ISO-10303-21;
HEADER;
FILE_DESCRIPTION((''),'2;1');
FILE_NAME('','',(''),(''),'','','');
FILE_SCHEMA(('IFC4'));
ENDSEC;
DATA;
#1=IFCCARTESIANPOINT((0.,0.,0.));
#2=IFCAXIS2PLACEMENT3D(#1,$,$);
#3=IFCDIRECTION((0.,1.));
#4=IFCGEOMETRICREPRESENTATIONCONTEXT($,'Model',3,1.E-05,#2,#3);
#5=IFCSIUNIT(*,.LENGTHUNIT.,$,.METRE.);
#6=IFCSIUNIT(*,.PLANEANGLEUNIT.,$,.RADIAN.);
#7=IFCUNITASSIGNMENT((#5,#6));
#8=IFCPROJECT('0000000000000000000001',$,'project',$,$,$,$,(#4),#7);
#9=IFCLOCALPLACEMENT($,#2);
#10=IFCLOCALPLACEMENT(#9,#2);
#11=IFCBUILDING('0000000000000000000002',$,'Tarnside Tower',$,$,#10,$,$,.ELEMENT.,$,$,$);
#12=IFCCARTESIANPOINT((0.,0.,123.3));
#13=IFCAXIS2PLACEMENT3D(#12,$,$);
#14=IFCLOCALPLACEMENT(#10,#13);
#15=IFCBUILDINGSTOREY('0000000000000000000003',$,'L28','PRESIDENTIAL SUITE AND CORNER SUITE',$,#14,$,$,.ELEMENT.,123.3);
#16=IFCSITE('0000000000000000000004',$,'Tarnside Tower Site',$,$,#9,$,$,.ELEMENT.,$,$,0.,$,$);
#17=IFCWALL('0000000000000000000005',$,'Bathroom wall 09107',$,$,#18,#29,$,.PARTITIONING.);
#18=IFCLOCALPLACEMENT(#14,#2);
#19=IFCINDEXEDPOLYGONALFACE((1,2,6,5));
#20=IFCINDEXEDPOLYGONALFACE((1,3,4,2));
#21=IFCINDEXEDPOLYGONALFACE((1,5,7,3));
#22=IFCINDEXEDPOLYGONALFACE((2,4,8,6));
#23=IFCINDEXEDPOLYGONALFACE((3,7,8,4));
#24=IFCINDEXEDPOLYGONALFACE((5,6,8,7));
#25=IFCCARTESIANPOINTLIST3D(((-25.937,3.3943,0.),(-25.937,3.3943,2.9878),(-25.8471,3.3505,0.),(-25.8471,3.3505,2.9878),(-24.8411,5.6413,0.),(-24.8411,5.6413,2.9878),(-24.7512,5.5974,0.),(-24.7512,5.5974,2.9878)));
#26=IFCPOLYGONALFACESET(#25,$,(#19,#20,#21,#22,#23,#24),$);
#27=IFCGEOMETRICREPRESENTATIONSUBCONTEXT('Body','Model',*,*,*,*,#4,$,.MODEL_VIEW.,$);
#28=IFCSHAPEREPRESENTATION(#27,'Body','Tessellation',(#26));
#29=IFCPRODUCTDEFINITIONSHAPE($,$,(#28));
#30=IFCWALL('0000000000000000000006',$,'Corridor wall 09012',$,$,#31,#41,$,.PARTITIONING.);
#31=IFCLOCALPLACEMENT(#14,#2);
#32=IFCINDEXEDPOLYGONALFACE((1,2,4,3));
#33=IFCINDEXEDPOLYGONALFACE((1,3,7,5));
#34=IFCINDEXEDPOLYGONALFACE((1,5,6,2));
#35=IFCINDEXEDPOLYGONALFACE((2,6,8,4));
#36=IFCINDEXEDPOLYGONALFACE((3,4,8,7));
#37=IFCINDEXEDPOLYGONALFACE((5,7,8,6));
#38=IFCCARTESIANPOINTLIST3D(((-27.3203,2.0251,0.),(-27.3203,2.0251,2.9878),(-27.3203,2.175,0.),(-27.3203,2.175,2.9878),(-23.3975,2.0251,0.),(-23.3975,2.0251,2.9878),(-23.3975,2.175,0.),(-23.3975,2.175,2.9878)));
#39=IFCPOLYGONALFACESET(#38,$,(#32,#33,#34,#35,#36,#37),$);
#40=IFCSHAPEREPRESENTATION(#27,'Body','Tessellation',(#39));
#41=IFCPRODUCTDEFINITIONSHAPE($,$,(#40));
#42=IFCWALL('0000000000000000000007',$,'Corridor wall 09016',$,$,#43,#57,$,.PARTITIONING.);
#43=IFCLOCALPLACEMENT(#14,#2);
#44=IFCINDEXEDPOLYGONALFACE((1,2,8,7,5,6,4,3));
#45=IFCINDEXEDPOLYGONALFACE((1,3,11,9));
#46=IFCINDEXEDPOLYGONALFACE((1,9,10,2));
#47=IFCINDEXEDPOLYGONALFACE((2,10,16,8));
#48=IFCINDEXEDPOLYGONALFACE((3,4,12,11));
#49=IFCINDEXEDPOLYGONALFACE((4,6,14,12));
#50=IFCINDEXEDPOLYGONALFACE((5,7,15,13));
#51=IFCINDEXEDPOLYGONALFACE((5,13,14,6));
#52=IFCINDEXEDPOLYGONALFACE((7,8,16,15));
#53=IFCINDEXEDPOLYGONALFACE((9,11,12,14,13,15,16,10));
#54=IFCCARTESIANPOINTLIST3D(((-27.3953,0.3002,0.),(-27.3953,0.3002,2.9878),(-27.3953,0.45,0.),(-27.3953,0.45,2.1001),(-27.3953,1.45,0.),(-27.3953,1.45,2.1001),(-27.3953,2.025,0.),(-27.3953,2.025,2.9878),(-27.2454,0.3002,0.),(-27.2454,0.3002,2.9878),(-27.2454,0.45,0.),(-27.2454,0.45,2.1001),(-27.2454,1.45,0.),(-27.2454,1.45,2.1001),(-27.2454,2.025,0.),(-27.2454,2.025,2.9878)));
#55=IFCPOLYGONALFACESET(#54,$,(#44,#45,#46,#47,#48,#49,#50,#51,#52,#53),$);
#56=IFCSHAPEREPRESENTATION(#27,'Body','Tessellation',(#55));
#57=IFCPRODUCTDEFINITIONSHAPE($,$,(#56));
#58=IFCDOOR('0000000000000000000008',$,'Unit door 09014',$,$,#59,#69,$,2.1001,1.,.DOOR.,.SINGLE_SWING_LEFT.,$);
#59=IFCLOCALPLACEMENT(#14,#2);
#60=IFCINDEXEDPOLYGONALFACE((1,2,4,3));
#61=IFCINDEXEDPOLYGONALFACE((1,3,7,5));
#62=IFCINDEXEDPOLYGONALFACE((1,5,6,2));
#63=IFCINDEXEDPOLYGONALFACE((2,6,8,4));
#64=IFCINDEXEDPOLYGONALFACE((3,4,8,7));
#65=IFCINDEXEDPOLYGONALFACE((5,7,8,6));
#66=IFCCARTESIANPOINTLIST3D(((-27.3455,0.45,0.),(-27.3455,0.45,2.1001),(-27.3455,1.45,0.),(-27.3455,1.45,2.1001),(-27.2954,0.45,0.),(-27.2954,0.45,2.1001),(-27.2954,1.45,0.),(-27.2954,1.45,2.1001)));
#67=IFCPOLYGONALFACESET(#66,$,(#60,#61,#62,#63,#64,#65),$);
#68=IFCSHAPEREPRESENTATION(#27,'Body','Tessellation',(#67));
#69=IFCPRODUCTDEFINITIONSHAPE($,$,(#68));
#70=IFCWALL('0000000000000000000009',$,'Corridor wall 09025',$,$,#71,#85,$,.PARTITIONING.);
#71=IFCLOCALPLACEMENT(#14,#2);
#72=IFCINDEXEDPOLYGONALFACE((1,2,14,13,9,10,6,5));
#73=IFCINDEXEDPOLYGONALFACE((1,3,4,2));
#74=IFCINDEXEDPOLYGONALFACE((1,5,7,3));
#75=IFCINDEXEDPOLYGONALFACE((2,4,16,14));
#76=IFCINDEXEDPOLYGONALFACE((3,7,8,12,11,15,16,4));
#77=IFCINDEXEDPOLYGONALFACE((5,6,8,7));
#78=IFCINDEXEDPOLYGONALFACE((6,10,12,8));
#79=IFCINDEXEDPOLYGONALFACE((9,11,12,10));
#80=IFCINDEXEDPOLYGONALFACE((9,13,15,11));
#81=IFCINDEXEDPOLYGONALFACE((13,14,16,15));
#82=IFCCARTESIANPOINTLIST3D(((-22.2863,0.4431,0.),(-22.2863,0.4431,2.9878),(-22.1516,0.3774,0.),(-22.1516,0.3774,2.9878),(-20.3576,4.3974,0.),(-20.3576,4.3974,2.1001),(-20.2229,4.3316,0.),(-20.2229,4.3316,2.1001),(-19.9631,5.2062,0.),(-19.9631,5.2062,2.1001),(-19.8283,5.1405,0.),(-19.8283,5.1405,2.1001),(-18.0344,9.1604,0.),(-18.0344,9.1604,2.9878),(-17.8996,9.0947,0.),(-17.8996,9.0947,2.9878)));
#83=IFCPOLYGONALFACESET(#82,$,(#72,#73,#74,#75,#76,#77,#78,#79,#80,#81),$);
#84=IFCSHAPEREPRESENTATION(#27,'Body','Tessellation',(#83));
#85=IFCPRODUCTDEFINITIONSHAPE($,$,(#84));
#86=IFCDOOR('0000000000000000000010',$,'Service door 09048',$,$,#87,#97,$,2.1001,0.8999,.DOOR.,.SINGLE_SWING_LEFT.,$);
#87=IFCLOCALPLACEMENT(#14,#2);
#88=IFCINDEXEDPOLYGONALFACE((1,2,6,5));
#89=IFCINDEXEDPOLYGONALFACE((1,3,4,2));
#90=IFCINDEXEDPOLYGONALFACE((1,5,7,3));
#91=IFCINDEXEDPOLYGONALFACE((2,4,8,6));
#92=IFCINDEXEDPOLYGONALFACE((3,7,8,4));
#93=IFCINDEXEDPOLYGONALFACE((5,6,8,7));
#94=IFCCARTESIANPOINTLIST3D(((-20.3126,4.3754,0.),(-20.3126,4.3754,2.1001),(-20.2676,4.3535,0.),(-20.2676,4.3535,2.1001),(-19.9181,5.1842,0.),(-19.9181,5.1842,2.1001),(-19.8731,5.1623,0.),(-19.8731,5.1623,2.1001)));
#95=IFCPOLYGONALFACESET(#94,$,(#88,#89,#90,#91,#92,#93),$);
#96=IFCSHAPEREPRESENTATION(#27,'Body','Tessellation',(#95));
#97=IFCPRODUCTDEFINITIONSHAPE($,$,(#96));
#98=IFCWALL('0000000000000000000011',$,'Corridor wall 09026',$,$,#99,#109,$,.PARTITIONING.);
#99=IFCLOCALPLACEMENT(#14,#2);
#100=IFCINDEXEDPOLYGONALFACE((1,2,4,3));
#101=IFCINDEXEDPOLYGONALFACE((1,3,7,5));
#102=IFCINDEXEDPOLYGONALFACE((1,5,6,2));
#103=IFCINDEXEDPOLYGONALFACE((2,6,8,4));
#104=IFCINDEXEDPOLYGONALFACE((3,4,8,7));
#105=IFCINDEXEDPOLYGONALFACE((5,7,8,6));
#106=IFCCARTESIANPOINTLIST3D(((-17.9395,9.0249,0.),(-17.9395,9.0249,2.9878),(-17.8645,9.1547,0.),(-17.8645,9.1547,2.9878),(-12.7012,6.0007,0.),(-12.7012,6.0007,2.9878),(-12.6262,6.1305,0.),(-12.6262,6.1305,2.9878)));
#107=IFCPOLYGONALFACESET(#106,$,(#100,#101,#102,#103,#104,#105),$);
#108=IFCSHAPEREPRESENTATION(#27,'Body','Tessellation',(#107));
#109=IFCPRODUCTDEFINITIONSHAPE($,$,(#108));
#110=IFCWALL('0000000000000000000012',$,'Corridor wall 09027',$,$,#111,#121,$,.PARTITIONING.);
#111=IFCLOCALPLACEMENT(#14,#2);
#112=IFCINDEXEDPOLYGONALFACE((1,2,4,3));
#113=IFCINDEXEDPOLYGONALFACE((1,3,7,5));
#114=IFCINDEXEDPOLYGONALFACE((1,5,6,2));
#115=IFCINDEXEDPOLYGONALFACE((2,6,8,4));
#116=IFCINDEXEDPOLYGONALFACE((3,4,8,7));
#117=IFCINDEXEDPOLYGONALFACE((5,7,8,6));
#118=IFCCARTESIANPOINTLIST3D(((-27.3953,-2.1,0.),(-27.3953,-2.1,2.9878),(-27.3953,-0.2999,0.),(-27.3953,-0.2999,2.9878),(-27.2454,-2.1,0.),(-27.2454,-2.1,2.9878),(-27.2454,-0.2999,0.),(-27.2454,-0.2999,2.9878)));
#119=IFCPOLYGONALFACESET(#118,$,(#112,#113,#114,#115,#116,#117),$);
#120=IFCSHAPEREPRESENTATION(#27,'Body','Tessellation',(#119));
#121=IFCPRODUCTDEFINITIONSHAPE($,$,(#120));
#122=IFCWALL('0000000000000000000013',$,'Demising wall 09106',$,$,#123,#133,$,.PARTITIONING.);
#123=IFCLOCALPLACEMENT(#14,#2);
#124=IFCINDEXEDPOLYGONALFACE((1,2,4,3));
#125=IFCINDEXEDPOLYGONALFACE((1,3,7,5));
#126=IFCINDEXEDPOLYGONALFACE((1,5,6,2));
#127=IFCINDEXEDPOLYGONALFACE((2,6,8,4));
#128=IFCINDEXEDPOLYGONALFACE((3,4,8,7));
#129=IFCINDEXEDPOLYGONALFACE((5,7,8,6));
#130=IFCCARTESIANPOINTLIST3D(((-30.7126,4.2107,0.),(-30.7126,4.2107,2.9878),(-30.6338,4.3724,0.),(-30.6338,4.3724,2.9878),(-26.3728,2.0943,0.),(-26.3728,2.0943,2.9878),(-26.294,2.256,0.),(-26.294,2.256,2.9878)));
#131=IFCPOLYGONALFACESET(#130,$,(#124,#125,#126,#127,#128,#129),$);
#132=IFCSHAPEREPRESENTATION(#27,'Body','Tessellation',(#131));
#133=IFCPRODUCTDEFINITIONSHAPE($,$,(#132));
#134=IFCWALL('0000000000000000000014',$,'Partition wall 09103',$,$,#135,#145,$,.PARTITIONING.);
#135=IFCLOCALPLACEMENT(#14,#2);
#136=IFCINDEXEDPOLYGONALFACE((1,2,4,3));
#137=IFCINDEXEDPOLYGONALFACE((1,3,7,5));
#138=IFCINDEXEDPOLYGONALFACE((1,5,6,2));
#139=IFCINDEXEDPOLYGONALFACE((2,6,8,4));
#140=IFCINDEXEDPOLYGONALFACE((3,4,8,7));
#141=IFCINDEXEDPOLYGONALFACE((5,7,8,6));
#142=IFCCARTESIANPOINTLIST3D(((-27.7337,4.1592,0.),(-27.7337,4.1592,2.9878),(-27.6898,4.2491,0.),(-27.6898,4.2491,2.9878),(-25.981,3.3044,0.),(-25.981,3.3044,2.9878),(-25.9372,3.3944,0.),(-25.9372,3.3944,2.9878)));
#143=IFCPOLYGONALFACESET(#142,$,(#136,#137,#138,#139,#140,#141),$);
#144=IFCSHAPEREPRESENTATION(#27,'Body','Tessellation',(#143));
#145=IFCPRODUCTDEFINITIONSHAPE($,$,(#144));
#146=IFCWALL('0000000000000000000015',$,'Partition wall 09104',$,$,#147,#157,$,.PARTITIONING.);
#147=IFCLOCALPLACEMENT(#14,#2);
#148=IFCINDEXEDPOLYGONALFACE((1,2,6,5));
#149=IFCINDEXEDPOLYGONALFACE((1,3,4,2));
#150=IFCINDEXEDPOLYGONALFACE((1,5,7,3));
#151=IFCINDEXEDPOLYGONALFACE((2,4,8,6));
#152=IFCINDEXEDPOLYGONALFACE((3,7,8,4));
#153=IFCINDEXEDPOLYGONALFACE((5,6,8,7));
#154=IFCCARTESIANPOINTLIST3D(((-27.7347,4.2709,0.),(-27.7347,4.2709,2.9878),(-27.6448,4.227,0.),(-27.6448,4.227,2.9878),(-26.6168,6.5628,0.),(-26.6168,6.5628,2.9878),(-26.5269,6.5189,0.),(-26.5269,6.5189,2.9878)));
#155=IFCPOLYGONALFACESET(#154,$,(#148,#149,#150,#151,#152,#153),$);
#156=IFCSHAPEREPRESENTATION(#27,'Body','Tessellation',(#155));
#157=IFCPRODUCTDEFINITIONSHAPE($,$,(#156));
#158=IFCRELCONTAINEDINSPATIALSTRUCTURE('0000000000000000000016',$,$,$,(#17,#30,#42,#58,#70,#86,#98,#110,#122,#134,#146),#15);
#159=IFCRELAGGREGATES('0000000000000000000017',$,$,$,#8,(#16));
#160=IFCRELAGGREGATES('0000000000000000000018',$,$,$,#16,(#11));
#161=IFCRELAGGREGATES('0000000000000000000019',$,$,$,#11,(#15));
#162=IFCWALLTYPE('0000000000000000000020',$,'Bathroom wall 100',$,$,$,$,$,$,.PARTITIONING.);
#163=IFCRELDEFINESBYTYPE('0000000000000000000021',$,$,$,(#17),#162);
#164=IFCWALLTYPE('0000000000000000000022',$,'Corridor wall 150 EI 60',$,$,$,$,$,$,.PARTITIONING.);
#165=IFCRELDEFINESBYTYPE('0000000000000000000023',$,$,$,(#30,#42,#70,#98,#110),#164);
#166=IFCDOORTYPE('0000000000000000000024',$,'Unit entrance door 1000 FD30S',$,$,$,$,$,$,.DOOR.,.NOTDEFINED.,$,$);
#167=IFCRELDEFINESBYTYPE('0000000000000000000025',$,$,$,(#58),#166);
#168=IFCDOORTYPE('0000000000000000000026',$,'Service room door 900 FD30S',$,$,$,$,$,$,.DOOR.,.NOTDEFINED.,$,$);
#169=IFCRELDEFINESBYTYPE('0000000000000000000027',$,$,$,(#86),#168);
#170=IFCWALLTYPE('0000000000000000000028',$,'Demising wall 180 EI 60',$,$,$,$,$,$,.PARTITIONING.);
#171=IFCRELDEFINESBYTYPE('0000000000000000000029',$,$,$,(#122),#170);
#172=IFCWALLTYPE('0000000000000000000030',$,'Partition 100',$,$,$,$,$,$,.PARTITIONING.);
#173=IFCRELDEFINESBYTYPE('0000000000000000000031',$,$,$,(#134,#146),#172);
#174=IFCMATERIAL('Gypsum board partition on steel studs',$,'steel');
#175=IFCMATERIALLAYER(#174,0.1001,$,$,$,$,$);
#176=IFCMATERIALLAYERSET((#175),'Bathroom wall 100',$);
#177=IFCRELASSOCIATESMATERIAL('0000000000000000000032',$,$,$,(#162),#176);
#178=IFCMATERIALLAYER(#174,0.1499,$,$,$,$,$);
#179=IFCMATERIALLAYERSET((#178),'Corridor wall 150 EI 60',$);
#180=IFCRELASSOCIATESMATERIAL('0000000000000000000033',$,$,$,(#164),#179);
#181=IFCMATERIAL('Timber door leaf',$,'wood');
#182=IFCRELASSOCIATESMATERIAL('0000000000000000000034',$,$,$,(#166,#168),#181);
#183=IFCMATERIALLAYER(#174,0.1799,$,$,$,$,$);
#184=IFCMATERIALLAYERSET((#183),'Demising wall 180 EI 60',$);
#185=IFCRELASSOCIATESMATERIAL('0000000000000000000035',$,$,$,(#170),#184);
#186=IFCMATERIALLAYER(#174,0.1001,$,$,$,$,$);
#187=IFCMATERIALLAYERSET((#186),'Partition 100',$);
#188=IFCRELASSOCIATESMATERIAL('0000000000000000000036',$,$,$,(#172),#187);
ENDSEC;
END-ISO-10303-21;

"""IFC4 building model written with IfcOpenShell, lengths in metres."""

from ifc_helpers import new_model, si_unit, direction, frame, frame_2d, origin, place, context, subcontext, project, spatial, rectangle, extrude, material, layer, layer_set, type_object, element, fill, save


model = new_model("IFC4")

# Units and contexts
model_context = context("Model", 3, precision=1e-05, world=origin(), true_north=direction((0.0, 1.0)))
body_context = subcontext(model_context, "Body", "Model", "MODEL_VIEW")
ifc_project = project(units=[si_unit("LENGTHUNIT", "METRE"), si_unit("PLANEANGLEUNIT", "RADIAN")], contexts=[model_context])

# Site, building, storey
site_placement = place(None, origin())
site = spatial("IfcSite", under=ifc_project, at=site_placement, Name="Tarnside Tower Site", CompositionType="ELEMENT", RefElevation=0.0)
building_placement = place(site_placement, origin())
building = spatial("IfcBuilding", under=site, at=building_placement, Name="Tarnside Tower", CompositionType="ELEMENT")
storey_placement = place(building_placement, frame((0.0, 0.0, 123.3)))
storey = spatial("IfcBuildingStorey", under=building, at=storey_placement, Name="L28", Description="PRESIDENTIAL SUITE AND CORNER SUITE", CompositionType="ELEMENT", Elevation=123.3)

# Shared definitions
ifc_material_1 = material(Name="Gypsum board partition on steel studs", Category="steel")
ifc_layer_1 = layer(ifc_material_1, 0.1001)
ifc_layer_set_1 = layer_set([ifc_layer_1], Name="Bathroom wall 100")
wall_type_1 = type_object("IfcWallType", Name="Bathroom wall 100", PredefinedType="PARTITIONING", material=ifc_layer_set_1)

# Shared definitions
ifc_material_2 = material(Name="Timber door leaf", Category="wood")

# Walls
wall_1_placement = place(storey_placement, frame((-24.7961, 5.6194, 0.0), z_axis=(0.0, 0.0, 1.0), x_axis=(-0.438364, -0.898798, 0.0)))
element("IfcWall", 1, at=wall_1_placement, inside=storey, type_object=wall_type_1, Name="Bathroom wall 09107", PredefinedType="PARTITIONING", context=body_context, shape_type="SweptSolid", body=[
    extrude(rectangle(XDim=2.5, YDim=0.1001, at=frame_2d((1.25, 0.0))), origin(), (0.0, 0.0, 1.0), 2.9878),
])
ifc_layer_2 = layer(ifc_material_1, 0.1499)
ifc_layer_set_2 = layer_set([ifc_layer_2], Name="Corridor wall 150 EI 60")
wall_type_2 = type_object("IfcWallType", Name="Corridor wall 150 EI 60", PredefinedType="PARTITIONING", material=ifc_layer_set_2)
wall_2_placement = place(storey_placement, frame((-23.3975, 2.1001, 0.0), z_axis=(0.0, 0.0, 1.0), x_axis=(-1.0, 0.0, 0.0)))
element("IfcWall", 2, at=wall_2_placement, inside=storey, type_object=wall_type_2, Name="Corridor wall 09012", PredefinedType="PARTITIONING", context=body_context, shape_type="SweptSolid", body=[
    extrude(rectangle(XDim=3.9229, YDim=0.1499, at=frame_2d((1.9614, 0.0))), origin(), (0.0, 0.0, 1.0), 2.9878),
])

# Walls, openings, doors
wall_3_placement = place(storey_placement, frame((-27.3203, 2.0249, 0.0), z_axis=(0.0, 0.0, 1.0), x_axis=(0.0, -1.0, 0.0)))
wall_3 = element("IfcWall", 3, at=wall_3_placement, inside=storey, type_object=wall_type_2, Name="Corridor wall 09016", PredefinedType="PARTITIONING", context=body_context, shape_type="SweptSolid", body=[
    extrude(rectangle(XDim=1.7249, YDim=0.1499, at=frame_2d((0.8623, 0.0))), origin(), (0.0, 0.0, 1.0), 2.9878),
])
opening_1_placement = place(wall_3_placement, frame((0.575, 0.0, 0.0)))
opening_1 = element("IfcOpeningElement", 4, at=opening_1_placement, cuts=wall_3, PredefinedType="OPENING", context=body_context, shape_type="SweptSolid", body=[
    extrude(rectangle(XDim=1.0, YDim=2.1001, at=frame_2d((0.5, 1.05))), frame((0.0, 0.085, 0.0), z_axis=(0.0, -1.0, 0.0), x_axis=(1.0, 0.0, 0.0)), (0.0, 0.0, 1.0), 0.1699),
])
door_type_1 = type_object("IfcDoorType", Name="Unit entrance door 1000 FD30S", OperationType="NOTDEFINED", PredefinedType="DOOR", material=ifc_material_2)
door_1_placement = place(opening_1_placement, origin())
door_1 = element("IfcDoor", 5, at=door_1_placement, inside=storey, type_object=door_type_1, Name="Unit door 09014", OperationType="SINGLE_SWING_LEFT", OverallHeight=2.1001, OverallWidth=1.0, PredefinedType="DOOR", context=body_context, shape_type="SweptSolid", body=[
    extrude(rectangle(XDim=1.0, YDim=2.1001, at=frame_2d((0.5, 1.05))), frame((0.0, 0.0249, 0.0), z_axis=(0.0, -1.0, 0.0), x_axis=(1.0, 0.0, 0.0)), (0.0, 0.0, 1.0), 0.05),
])
fill(opening_1, door_1)
wall_4_placement = place(storey_placement, frame((-22.219, 0.4102, 0.0), z_axis=(0.0, 0.0, 1.0), x_axis=(0.438392, 0.898784, 0.0)))
wall_4 = element("IfcWall", 6, at=wall_4_placement, inside=storey, type_object=wall_type_2, Name="Corridor wall 09025", PredefinedType="PARTITIONING", context=body_context, shape_type="SweptSolid", body=[
    extrude(rectangle(XDim=9.699, YDim=0.1499, at=frame_2d((4.8496, 0.0))), origin(), (0.0, 0.0, 1.0), 2.9878),
])
opening_2_placement = place(wall_4_placement, frame((4.3997, 0.0, 0.0)))
opening_2 = element("IfcOpeningElement", 7, at=opening_2_placement, cuts=wall_4, PredefinedType="OPENING", context=body_context, shape_type="SweptSolid", body=[
    extrude(rectangle(XDim=0.8999, YDim=2.1001, at=frame_2d((0.45, 1.05))), frame((0.0, 0.085, 0.0), z_axis=(0.0, -1.0, 0.0), x_axis=(1.0, 0.0, 0.0)), (0.0, 0.0, 1.0), 0.1699),
])
door_type_2 = type_object("IfcDoorType", Name="Service room door 900 FD30S", OperationType="NOTDEFINED", PredefinedType="DOOR", material=ifc_material_2)
door_2_placement = place(opening_2_placement, origin())
door_2 = element("IfcDoor", 8, at=door_2_placement, inside=storey, type_object=door_type_2, Name="Service door 09048", OperationType="SINGLE_SWING_LEFT", OverallHeight=2.1001, OverallWidth=0.8999, PredefinedType="DOOR", context=body_context, shape_type="SweptSolid", body=[
    extrude(rectangle(XDim=0.8999, YDim=2.1001, at=frame_2d((0.45, 1.05))), frame((0.0, 0.0249, 0.0), z_axis=(0.0, -1.0, 0.0), x_axis=(1.0, 0.0, 0.0)), (0.0, 0.0, 1.0), 0.05),
])
fill(opening_2, door_2)

# Walls
wall_5_placement = place(storey_placement, frame((-17.9021, 9.0898, 0.0), z_axis=(0.0, 0.0, 1.0), x_axis=(0.866036, -0.499981, 0.0)))
element("IfcWall", 9, at=wall_5_placement, inside=storey, type_object=wall_type_2, Name="Corridor wall 09026", PredefinedType="PARTITIONING", context=body_context, shape_type="SweptSolid", body=[
    extrude(rectangle(XDim=6.0486, YDim=0.1499, at=frame_2d((3.0244, 0.0))), origin(), (0.0, 0.0, 1.0), 2.9878),
])
wall_6_placement = place(storey_placement, frame((-27.3203, -0.3, 0.0), z_axis=(0.0, 0.0, 1.0), x_axis=(0.0, -1.0, 0.0)))
element("IfcWall", 10, at=wall_6_placement, inside=storey, type_object=wall_type_2, Name="Corridor wall 09027", PredefinedType="PARTITIONING", context=body_context, shape_type="SweptSolid", body=[
    extrude(rectangle(XDim=1.8, YDim=0.1499, at=frame_2d((0.8999, 0.0))), origin(), (0.0, 0.0, 1.0), 2.9878),
])
ifc_layer_3 = layer(ifc_material_1, 0.1799)
ifc_layer_set_3 = layer_set([ifc_layer_3], Name="Demising wall 180 EI 60")
wall_type_3 = type_object("IfcWallType", Name="Demising wall 180 EI 60", PredefinedType="PARTITIONING", material=ifc_layer_set_3)
wall_7_placement = place(storey_placement, frame((-30.6731, 4.2915, 0.0), z_axis=(0.0, 0.0, 1.0), x_axis=(0.898813, -0.438333, 0.0)))
element("IfcWall", 11, at=wall_7_placement, inside=storey, type_object=wall_type_3, Name="Demising wall 09106", PredefinedType="PARTITIONING", context=body_context, shape_type="SweptSolid", body=[
    extrude(rectangle(XDim=4.8284, YDim=0.1799, at=frame_2d((2.4141, 0.0))), origin(), (0.0, 0.0, 1.0), 2.9878),
])
ifc_layer_4 = layer(ifc_material_1, 0.1001)
ifc_layer_set_4 = layer_set([ifc_layer_4], Name="Partition 100")
wall_type_4 = type_object("IfcWallType", Name="Partition 100", PredefinedType="PARTITIONING", material=ifc_layer_set_4)
wall_8_placement = place(storey_placement, frame((-25.959, 3.3494, 0.0), z_axis=(0.0, 0.0, 1.0), x_axis=(-0.898815, 0.438327, 0.0)))
element("IfcWall", 12, at=wall_8_placement, inside=storey, type_object=wall_type_4, Name="Partition wall 09103", PredefinedType="PARTITIONING", context=body_context, shape_type="SweptSolid", body=[
    extrude(rectangle(XDim=1.95, YDim=0.1001, at=frame_2d((0.9751, 0.0))), origin(), (0.0, 0.0, 1.0), 2.9878),
])
wall_9_placement = place(storey_placement, frame((-27.6897, 4.249, 0.0), z_axis=(0.0, 0.0, 1.0), x_axis=(0.438384, 0.898788, 0.0)))
element("IfcWall", 13, at=wall_9_placement, inside=storey, type_object=wall_type_4, Name="Partition wall 09104", PredefinedType="PARTITIONING", context=body_context, shape_type="SweptSolid", body=[
    extrude(rectangle(XDim=2.55, YDim=0.1001, at=frame_2d((1.2749, 0.0))), origin(), (0.0, 0.0, 1.0), 2.9878),
])

save(model, "model.ifc")
